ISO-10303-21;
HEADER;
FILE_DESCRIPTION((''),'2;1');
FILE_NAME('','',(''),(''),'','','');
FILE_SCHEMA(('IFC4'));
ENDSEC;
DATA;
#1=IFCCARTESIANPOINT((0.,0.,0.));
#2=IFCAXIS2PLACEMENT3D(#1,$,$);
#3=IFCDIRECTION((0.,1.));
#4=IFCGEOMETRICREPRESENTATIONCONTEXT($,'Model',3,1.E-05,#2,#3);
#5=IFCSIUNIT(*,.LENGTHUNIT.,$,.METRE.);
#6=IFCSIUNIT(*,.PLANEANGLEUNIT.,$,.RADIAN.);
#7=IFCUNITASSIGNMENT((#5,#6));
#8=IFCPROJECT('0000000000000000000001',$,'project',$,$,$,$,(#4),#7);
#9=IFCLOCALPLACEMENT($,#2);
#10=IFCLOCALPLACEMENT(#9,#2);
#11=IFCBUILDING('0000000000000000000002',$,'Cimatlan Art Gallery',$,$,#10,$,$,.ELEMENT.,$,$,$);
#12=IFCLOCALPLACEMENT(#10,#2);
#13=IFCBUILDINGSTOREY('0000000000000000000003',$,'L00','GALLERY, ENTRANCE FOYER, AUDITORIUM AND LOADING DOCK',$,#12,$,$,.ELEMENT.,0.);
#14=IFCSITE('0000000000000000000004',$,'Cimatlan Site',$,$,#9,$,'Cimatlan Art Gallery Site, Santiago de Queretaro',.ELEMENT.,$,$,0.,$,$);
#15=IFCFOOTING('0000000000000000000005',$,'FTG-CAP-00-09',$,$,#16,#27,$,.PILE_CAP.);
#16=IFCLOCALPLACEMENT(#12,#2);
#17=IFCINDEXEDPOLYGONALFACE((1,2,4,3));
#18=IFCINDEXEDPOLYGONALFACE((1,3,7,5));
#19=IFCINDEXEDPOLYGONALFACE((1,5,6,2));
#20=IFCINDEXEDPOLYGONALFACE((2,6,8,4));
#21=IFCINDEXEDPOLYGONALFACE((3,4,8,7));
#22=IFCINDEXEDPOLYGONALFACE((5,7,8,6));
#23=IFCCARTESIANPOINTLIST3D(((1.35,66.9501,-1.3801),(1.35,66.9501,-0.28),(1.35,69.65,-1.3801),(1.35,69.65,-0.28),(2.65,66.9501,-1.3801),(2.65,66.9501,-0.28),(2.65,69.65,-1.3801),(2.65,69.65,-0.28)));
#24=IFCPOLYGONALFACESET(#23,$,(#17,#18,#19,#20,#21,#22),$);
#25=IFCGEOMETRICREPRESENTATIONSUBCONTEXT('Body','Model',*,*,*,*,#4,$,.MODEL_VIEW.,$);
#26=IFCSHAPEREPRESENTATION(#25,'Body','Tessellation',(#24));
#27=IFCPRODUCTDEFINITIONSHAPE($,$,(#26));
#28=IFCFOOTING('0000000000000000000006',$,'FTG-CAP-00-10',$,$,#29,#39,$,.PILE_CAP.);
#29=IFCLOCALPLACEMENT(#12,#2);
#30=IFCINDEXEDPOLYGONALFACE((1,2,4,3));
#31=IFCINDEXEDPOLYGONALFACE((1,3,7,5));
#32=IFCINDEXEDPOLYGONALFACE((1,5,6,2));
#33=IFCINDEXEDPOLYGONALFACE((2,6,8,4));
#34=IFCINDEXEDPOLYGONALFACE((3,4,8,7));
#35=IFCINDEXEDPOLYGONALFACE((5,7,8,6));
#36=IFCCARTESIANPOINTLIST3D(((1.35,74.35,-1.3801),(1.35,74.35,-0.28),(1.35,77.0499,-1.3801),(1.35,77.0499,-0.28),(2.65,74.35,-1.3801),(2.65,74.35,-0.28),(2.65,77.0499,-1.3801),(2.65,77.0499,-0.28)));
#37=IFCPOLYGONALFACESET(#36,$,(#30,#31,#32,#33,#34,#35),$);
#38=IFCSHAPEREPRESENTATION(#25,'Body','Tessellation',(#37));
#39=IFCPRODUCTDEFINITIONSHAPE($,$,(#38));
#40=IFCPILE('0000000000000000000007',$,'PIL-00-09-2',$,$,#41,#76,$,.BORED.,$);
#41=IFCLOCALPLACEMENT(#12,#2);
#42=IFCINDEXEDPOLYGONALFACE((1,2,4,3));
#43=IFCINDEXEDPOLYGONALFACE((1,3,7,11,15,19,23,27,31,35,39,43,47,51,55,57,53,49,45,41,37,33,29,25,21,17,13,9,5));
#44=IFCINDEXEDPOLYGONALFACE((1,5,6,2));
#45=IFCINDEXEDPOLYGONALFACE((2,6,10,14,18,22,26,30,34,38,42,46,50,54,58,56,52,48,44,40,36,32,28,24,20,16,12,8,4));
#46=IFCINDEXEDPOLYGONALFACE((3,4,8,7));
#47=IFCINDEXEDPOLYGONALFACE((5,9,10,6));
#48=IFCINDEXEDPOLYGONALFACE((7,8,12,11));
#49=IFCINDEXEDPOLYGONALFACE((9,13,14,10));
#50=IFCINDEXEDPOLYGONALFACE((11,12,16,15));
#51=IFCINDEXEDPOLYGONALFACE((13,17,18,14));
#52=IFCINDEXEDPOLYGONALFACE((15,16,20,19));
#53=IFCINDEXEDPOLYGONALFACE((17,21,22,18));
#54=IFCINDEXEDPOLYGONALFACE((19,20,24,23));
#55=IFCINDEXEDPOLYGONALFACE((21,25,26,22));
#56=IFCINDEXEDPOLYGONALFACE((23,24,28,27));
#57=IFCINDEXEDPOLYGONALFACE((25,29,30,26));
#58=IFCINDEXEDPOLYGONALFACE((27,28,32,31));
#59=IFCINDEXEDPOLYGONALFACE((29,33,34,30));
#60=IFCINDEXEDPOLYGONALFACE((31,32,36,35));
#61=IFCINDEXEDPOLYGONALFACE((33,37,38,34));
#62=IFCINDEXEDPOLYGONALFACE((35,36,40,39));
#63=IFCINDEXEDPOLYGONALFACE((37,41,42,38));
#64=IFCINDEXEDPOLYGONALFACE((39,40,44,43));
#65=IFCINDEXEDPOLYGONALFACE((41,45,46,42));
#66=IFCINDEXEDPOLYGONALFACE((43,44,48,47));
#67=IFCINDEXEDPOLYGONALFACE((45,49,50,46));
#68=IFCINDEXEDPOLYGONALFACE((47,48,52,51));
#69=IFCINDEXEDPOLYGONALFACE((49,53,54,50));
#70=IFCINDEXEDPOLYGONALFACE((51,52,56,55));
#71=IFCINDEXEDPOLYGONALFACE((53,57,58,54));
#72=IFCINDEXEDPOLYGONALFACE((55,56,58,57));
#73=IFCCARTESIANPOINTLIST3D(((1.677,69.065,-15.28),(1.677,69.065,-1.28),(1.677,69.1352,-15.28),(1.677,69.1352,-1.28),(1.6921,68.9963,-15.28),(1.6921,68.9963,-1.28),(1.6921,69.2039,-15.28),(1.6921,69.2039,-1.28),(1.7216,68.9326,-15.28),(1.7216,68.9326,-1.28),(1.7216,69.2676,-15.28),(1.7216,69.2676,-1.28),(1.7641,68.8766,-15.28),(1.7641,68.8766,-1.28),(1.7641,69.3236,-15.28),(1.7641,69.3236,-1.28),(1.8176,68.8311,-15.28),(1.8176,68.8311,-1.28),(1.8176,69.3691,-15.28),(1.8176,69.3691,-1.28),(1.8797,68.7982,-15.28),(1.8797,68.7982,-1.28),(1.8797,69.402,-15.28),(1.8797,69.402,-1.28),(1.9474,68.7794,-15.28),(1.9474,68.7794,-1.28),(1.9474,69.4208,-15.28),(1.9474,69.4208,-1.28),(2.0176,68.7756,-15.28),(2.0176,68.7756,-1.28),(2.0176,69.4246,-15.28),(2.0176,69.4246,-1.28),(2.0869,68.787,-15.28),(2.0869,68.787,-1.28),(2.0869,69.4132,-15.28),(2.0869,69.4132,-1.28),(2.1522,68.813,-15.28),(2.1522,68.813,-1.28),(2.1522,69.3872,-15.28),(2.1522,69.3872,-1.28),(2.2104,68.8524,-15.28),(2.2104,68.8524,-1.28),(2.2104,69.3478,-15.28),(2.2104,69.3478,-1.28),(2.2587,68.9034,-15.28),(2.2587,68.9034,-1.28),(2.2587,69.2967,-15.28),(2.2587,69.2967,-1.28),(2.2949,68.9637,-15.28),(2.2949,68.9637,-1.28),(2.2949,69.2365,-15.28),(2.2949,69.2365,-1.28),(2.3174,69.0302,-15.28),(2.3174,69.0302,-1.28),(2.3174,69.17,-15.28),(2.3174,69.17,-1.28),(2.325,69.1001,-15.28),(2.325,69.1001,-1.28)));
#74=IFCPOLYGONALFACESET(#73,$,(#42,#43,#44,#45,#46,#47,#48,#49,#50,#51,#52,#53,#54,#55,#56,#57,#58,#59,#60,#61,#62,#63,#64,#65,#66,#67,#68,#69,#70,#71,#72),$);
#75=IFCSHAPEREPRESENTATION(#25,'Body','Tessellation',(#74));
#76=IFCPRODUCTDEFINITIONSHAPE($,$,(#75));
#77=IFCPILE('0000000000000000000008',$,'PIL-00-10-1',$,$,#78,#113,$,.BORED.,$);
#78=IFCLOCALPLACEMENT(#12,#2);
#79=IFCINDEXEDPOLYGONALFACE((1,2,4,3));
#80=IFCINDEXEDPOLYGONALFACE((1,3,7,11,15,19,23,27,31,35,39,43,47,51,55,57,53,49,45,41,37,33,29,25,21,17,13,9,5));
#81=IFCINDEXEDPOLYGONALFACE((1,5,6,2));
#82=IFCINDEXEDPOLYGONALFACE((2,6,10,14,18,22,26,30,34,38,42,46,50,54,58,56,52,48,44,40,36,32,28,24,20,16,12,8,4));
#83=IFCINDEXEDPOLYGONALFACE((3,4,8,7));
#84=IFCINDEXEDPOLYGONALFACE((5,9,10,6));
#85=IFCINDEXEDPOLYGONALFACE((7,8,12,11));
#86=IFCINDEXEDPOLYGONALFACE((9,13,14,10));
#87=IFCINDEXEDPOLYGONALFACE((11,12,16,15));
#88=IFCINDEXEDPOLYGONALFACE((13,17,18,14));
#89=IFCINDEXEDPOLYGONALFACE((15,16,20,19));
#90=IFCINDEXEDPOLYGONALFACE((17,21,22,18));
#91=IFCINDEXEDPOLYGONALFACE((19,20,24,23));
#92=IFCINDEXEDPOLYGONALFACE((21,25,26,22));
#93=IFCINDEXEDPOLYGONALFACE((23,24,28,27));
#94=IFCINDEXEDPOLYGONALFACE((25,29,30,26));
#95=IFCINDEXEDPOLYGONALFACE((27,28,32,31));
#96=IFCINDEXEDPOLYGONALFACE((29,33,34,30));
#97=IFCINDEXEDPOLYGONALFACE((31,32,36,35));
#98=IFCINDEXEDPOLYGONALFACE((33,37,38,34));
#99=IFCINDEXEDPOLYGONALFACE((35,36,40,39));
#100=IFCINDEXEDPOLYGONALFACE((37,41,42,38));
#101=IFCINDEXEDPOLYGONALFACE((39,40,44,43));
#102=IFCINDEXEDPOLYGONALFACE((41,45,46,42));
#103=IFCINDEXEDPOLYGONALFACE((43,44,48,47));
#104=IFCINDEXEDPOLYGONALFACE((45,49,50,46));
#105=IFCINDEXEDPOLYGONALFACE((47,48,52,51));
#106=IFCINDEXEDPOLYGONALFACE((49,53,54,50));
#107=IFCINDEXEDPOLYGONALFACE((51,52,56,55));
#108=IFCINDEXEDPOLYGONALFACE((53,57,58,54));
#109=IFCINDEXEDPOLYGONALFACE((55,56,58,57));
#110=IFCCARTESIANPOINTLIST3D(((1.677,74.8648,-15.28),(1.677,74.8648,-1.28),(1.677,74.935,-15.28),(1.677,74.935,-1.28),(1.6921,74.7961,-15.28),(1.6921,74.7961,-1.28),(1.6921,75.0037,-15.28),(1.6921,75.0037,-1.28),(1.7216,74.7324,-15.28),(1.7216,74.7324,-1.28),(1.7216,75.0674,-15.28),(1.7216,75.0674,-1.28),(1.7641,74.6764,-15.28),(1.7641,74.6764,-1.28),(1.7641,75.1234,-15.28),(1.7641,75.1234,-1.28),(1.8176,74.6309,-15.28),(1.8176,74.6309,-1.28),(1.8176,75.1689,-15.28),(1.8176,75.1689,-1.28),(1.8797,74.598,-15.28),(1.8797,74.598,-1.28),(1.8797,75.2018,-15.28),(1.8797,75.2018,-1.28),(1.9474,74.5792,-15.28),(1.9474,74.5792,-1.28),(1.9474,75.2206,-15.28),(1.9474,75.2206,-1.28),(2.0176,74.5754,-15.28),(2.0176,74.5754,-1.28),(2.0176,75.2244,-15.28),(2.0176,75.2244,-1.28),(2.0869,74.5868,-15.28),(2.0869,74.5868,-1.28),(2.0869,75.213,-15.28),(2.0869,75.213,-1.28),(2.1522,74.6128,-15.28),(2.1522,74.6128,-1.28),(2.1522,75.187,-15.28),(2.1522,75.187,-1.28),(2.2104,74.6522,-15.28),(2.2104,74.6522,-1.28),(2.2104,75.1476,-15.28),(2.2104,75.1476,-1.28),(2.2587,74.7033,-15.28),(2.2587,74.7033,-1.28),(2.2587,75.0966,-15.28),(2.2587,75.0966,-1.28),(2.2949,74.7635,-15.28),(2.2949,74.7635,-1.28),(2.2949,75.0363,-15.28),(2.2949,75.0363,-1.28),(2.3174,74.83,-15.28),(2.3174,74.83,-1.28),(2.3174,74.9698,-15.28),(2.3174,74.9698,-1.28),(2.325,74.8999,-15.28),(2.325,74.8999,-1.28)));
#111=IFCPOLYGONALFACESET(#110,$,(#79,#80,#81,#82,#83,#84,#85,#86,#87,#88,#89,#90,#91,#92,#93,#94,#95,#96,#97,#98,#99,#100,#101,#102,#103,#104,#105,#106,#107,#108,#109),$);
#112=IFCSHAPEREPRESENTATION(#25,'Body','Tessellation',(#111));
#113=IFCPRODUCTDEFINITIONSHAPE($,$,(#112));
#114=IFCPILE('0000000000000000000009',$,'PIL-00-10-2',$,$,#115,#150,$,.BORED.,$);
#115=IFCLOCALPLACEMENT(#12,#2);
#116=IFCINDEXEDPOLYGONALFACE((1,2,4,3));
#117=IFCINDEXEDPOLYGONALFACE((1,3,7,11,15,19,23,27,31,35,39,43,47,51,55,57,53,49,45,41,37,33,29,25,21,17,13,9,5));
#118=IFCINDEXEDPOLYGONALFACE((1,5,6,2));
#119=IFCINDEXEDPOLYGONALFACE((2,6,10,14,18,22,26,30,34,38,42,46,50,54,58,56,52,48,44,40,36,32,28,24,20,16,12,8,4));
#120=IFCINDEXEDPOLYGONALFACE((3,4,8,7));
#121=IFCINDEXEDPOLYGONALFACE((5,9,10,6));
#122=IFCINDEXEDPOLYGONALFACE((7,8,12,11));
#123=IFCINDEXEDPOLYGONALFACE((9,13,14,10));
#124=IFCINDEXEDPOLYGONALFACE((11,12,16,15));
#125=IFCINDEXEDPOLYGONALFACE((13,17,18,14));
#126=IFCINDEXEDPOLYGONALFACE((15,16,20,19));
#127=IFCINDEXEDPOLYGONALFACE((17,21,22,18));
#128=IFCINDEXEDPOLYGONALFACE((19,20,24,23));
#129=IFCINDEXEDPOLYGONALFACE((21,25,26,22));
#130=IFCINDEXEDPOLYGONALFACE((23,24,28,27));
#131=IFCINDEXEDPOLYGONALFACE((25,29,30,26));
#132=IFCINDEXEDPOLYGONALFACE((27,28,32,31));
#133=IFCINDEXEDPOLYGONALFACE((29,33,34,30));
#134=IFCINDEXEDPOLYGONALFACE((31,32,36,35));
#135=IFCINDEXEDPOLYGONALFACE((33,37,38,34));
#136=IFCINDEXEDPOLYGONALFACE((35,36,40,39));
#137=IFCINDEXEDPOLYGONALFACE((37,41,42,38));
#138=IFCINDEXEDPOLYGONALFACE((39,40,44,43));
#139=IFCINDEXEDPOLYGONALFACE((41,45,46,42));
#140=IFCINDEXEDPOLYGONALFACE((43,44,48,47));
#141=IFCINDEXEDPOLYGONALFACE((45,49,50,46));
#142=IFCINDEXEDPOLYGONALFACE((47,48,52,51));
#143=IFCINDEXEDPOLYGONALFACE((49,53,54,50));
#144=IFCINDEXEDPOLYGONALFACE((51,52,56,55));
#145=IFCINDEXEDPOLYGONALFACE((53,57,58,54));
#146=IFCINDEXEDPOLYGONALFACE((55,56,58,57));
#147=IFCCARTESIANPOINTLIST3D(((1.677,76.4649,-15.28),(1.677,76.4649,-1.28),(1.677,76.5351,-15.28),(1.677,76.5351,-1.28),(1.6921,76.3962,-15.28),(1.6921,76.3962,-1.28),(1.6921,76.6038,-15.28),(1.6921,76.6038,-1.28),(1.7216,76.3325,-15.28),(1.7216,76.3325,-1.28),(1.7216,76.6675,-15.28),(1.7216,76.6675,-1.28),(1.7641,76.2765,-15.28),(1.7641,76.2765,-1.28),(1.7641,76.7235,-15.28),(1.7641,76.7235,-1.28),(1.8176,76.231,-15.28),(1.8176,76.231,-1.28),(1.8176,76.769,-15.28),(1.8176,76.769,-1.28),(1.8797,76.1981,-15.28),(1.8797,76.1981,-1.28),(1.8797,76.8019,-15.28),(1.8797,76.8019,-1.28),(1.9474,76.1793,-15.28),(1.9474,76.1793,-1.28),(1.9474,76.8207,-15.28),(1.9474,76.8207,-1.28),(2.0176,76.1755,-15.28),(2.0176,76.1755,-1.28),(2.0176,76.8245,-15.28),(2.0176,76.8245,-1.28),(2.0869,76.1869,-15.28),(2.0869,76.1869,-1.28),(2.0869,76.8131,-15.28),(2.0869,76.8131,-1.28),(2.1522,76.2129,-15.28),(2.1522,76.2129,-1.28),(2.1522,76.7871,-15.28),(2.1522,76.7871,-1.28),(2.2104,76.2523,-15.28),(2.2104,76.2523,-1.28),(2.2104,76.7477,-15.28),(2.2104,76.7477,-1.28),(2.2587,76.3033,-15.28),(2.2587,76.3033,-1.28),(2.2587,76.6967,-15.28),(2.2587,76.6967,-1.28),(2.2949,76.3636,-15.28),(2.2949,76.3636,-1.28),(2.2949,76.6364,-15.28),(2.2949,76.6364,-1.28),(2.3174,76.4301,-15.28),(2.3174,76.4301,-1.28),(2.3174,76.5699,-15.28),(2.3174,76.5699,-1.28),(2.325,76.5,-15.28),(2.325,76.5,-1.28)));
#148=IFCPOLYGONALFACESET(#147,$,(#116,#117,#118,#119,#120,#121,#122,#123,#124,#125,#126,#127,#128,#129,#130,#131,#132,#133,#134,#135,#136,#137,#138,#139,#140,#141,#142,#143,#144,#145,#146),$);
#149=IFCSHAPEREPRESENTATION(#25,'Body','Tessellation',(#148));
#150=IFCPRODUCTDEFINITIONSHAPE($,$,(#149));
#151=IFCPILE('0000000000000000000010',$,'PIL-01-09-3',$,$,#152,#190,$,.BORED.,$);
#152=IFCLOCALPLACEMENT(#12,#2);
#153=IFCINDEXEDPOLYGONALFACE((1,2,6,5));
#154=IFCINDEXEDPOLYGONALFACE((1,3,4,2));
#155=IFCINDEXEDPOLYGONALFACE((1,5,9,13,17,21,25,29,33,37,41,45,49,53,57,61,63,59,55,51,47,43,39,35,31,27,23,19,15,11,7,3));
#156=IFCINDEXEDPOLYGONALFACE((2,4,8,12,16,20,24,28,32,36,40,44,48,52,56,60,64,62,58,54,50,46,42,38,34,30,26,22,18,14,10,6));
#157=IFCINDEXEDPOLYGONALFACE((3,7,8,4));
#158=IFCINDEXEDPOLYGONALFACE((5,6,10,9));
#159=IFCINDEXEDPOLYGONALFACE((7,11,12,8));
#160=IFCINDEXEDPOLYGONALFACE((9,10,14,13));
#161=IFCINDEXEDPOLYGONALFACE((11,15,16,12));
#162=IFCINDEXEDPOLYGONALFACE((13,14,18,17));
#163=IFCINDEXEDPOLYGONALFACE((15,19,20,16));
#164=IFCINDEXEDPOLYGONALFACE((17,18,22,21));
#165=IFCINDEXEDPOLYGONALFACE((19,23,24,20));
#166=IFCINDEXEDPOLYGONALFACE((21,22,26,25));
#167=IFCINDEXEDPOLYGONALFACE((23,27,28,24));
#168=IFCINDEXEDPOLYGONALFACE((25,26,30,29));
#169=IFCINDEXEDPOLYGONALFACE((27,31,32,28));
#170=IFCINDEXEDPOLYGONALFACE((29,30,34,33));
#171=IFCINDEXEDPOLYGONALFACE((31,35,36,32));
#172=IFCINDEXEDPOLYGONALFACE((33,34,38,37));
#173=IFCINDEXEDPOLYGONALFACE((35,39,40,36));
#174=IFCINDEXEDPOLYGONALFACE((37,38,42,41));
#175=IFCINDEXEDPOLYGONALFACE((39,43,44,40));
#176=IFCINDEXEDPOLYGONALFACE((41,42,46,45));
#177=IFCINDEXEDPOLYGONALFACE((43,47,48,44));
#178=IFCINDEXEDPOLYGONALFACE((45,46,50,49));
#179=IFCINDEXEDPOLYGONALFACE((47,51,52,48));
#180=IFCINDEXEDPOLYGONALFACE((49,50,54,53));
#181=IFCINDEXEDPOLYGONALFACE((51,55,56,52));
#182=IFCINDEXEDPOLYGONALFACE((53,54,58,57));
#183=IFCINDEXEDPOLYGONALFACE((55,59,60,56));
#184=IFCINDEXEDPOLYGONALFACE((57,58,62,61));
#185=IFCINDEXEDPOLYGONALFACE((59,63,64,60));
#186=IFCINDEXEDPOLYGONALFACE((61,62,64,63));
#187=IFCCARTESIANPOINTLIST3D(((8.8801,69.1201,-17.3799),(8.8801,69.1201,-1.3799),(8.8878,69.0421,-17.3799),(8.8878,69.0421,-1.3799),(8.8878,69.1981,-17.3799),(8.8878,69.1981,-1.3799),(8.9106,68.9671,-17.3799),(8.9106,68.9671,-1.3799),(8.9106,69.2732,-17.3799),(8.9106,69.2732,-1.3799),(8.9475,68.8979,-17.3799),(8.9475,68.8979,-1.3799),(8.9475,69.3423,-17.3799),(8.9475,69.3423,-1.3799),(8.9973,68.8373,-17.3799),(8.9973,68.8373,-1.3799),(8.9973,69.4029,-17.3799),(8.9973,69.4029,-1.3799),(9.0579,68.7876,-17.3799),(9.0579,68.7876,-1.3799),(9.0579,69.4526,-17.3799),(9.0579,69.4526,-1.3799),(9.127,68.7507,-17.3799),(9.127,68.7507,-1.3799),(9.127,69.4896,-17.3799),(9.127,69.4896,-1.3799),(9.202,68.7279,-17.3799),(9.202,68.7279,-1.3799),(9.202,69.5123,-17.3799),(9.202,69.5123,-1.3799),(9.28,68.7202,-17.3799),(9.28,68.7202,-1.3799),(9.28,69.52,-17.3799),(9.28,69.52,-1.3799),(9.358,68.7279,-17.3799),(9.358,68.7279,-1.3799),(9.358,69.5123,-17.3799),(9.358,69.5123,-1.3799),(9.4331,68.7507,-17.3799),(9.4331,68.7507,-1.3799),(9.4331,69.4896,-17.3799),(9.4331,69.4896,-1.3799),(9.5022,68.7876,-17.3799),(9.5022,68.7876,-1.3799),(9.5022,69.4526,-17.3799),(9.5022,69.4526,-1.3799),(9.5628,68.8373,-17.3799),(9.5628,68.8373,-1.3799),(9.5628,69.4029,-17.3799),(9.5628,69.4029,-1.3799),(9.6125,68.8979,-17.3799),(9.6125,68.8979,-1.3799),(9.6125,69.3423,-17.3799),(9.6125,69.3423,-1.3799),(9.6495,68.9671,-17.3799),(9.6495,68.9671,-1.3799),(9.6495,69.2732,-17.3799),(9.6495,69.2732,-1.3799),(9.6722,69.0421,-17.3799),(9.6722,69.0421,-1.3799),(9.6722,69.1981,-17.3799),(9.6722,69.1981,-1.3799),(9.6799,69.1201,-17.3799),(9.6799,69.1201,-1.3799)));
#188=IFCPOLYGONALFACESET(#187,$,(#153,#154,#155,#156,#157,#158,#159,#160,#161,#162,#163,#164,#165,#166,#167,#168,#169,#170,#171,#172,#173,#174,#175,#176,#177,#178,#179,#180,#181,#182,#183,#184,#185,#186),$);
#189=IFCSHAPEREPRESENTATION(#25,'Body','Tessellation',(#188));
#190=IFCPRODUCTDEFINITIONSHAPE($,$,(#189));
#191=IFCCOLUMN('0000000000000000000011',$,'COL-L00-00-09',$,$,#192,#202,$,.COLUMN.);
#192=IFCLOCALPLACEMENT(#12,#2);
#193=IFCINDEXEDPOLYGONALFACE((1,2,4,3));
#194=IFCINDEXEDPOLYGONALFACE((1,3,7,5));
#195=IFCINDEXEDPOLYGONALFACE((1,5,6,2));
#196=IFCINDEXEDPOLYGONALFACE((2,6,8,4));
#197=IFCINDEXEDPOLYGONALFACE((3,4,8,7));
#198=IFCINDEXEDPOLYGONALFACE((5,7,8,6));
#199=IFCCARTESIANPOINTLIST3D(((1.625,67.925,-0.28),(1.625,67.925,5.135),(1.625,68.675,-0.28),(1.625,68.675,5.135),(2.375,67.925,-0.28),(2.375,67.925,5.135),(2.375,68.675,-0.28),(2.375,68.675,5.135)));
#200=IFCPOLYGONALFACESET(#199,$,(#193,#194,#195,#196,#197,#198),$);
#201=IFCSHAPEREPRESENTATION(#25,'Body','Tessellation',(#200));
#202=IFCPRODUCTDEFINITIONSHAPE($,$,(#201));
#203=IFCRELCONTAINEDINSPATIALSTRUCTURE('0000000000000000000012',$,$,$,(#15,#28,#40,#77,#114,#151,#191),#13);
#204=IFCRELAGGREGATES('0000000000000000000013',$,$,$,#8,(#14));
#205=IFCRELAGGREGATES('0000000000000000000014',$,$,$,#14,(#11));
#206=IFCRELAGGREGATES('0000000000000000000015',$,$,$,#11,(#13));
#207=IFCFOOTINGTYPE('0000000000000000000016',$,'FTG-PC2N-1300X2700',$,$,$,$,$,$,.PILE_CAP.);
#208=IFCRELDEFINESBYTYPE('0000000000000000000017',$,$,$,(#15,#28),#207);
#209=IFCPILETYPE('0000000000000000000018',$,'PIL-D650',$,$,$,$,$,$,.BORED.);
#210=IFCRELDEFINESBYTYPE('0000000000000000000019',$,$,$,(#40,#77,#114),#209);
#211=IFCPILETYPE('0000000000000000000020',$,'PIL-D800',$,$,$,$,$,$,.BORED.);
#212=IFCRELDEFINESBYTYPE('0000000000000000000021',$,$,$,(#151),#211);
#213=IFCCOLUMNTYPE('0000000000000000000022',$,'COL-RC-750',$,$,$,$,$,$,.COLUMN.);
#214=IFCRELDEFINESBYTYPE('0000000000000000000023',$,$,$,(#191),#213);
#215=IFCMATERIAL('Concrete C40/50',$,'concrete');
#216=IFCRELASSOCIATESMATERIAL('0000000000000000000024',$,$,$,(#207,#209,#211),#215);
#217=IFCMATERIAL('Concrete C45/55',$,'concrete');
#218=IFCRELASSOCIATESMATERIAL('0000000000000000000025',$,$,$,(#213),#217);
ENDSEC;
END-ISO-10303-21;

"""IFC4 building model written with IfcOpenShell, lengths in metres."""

from ifc_helpers import new_model, si_unit, direction, frame, origin, origin_2d, place, context, subcontext, project, spatial, rectangle, circle, extrude, material, material_profile, profile_set, type_object, element, save


model = new_model("IFC4")

# Units and contexts
model_context = context("Model", 3, precision=1e-05, world=origin(), true_north=direction((0.0, 1.0)))
body_context = subcontext(model_context, "Body", "Model", "MODEL_VIEW")
ifc_project = project(units=[si_unit("LENGTHUNIT", "METRE"), si_unit("PLANEANGLEUNIT", "RADIAN")], contexts=[model_context])

# Site, building, storey
site_placement = place(None, origin())
site = spatial("IfcSite", under=ifc_project, at=site_placement, Name="Cimatlan Site", LongName="Cimatlan Art Gallery Site, Santiago de Queretaro", CompositionType="ELEMENT", RefElevation=0.0)
building_placement = place(site_placement, origin())
building = spatial("IfcBuilding", under=site, at=building_placement, Name="Cimatlan Art Gallery", CompositionType="ELEMENT")
storey_placement = place(building_placement, origin())
storey = spatial("IfcBuildingStorey", under=building, at=storey_placement, Name="L00", Description="GALLERY, ENTRANCE FOYER, AUDITORIUM AND LOADING DOCK", CompositionType="ELEMENT", Elevation=0.0)

# Footings
ifc_material_1 = material(Name="Concrete C40/50", Category="concrete")
footing_type = type_object("IfcFootingType", Name="FTG-PC2N-1300X2700", PredefinedType="PILE_CAP", material=ifc_material_1)
for number, where, z_axis, x_axis, name in (
    (1, (2.0, 68.3, -1.3801), (0.0, 0.0, 1.0), (1.0, 0.0, 0.0), "FTG-CAP-00-09"),
    (2, (2.0, 75.7, -1.3801), (0.0, 0.0, 1.0), (1.0, 0.0, 0.0), "FTG-CAP-00-10"),
):
    element("IfcFooting", number, at=place(storey_placement, frame(where, z_axis=z_axis, x_axis=x_axis)), inside=storey, type_object=footing_type, Name=name, PredefinedType="PILE_CAP", context=body_context, shape_type="SweptSolid", body=[
        extrude(rectangle(XDim=1.3, YDim=2.7, at=origin_2d()), origin(), (0.0, 0.0, 1.0), 1.1001),
    ])

# Piles
pile_type_1 = type_object("IfcPileType", Name="PIL-D650", PredefinedType="BORED", material=ifc_material_1)
for number, where, z_axis, x_axis, name in (
    (3, (2.0, 69.1001, -1.28), (0.0, 0.0, -1.0), (1.0, 0.0, 0.0), "PIL-00-09-2"),
    (4, (2.0, 74.8999, -1.28), (0.0, 0.0, -1.0), (1.0, 0.0, 0.0), "PIL-00-10-1"),
    (5, (2.0, 76.5, -1.28), (0.0, 0.0, -1.0), (1.0, 0.0, 0.0), "PIL-00-10-2"),
):
    element("IfcPile", number, at=place(storey_placement, frame(where, z_axis=z_axis, x_axis=x_axis)), inside=storey, type_object=pile_type_1, Name=name, PredefinedType="BORED", context=body_context, shape_type="SweptSolid", body=[
        extrude(circle(Radius=0.325, at=origin_2d()), origin(), (0.0, 0.0, 1.0), 14.0),
    ])
pile_type_2 = type_object("IfcPileType", Name="PIL-D800", PredefinedType="BORED", material=ifc_material_1)
pile_placement = place(storey_placement, frame((9.28, 69.1201, -1.3799), z_axis=(0.0, 0.0, -1.0), x_axis=(1.0, 0.0, 0.0)))
element("IfcPile", 6, at=pile_placement, inside=storey, type_object=pile_type_2, Name="PIL-01-09-3", PredefinedType="BORED", context=body_context, shape_type="SweptSolid", body=[
    extrude(circle(Radius=0.3999, at=origin_2d()), origin(), (0.0, 0.0, 1.0), 16.0),
])

# Column
ifc_material_2 = material(Name="Concrete C45/55", Category="concrete")
ifc_material_profile_1 = material_profile(ifc_material_2, rectangle(XDim=0.75, YDim=0.75, at=origin_2d()), Name="RC750X750")
ifc_profile_set_1 = profile_set([ifc_material_profile_1], Name="Concrete C45/55")
column_type = type_object("IfcColumnType", Name="COL-RC-750", PredefinedType="COLUMN", material=ifc_profile_set_1)
for number, where, z_axis, x_axis, name in (
    (7, (2.0, 68.3, -0.28), (0.0, 0.0, 1.0), (1.0, 0.0, 0.0), "COL-L00-00-09"),
):
    element("IfcColumn", number, at=place(storey_placement, frame(where, z_axis=z_axis, x_axis=x_axis)), inside=storey, type_object=column_type, Name=name, PredefinedType="COLUMN", context=body_context, shape_type="SweptSolid", body=[
        extrude(rectangle(XDim=0.75, YDim=0.75, at=origin_2d()), origin(), (0.0, 0.0, 1.0), 5.415),
    ])

save(model, "model.ifc")
